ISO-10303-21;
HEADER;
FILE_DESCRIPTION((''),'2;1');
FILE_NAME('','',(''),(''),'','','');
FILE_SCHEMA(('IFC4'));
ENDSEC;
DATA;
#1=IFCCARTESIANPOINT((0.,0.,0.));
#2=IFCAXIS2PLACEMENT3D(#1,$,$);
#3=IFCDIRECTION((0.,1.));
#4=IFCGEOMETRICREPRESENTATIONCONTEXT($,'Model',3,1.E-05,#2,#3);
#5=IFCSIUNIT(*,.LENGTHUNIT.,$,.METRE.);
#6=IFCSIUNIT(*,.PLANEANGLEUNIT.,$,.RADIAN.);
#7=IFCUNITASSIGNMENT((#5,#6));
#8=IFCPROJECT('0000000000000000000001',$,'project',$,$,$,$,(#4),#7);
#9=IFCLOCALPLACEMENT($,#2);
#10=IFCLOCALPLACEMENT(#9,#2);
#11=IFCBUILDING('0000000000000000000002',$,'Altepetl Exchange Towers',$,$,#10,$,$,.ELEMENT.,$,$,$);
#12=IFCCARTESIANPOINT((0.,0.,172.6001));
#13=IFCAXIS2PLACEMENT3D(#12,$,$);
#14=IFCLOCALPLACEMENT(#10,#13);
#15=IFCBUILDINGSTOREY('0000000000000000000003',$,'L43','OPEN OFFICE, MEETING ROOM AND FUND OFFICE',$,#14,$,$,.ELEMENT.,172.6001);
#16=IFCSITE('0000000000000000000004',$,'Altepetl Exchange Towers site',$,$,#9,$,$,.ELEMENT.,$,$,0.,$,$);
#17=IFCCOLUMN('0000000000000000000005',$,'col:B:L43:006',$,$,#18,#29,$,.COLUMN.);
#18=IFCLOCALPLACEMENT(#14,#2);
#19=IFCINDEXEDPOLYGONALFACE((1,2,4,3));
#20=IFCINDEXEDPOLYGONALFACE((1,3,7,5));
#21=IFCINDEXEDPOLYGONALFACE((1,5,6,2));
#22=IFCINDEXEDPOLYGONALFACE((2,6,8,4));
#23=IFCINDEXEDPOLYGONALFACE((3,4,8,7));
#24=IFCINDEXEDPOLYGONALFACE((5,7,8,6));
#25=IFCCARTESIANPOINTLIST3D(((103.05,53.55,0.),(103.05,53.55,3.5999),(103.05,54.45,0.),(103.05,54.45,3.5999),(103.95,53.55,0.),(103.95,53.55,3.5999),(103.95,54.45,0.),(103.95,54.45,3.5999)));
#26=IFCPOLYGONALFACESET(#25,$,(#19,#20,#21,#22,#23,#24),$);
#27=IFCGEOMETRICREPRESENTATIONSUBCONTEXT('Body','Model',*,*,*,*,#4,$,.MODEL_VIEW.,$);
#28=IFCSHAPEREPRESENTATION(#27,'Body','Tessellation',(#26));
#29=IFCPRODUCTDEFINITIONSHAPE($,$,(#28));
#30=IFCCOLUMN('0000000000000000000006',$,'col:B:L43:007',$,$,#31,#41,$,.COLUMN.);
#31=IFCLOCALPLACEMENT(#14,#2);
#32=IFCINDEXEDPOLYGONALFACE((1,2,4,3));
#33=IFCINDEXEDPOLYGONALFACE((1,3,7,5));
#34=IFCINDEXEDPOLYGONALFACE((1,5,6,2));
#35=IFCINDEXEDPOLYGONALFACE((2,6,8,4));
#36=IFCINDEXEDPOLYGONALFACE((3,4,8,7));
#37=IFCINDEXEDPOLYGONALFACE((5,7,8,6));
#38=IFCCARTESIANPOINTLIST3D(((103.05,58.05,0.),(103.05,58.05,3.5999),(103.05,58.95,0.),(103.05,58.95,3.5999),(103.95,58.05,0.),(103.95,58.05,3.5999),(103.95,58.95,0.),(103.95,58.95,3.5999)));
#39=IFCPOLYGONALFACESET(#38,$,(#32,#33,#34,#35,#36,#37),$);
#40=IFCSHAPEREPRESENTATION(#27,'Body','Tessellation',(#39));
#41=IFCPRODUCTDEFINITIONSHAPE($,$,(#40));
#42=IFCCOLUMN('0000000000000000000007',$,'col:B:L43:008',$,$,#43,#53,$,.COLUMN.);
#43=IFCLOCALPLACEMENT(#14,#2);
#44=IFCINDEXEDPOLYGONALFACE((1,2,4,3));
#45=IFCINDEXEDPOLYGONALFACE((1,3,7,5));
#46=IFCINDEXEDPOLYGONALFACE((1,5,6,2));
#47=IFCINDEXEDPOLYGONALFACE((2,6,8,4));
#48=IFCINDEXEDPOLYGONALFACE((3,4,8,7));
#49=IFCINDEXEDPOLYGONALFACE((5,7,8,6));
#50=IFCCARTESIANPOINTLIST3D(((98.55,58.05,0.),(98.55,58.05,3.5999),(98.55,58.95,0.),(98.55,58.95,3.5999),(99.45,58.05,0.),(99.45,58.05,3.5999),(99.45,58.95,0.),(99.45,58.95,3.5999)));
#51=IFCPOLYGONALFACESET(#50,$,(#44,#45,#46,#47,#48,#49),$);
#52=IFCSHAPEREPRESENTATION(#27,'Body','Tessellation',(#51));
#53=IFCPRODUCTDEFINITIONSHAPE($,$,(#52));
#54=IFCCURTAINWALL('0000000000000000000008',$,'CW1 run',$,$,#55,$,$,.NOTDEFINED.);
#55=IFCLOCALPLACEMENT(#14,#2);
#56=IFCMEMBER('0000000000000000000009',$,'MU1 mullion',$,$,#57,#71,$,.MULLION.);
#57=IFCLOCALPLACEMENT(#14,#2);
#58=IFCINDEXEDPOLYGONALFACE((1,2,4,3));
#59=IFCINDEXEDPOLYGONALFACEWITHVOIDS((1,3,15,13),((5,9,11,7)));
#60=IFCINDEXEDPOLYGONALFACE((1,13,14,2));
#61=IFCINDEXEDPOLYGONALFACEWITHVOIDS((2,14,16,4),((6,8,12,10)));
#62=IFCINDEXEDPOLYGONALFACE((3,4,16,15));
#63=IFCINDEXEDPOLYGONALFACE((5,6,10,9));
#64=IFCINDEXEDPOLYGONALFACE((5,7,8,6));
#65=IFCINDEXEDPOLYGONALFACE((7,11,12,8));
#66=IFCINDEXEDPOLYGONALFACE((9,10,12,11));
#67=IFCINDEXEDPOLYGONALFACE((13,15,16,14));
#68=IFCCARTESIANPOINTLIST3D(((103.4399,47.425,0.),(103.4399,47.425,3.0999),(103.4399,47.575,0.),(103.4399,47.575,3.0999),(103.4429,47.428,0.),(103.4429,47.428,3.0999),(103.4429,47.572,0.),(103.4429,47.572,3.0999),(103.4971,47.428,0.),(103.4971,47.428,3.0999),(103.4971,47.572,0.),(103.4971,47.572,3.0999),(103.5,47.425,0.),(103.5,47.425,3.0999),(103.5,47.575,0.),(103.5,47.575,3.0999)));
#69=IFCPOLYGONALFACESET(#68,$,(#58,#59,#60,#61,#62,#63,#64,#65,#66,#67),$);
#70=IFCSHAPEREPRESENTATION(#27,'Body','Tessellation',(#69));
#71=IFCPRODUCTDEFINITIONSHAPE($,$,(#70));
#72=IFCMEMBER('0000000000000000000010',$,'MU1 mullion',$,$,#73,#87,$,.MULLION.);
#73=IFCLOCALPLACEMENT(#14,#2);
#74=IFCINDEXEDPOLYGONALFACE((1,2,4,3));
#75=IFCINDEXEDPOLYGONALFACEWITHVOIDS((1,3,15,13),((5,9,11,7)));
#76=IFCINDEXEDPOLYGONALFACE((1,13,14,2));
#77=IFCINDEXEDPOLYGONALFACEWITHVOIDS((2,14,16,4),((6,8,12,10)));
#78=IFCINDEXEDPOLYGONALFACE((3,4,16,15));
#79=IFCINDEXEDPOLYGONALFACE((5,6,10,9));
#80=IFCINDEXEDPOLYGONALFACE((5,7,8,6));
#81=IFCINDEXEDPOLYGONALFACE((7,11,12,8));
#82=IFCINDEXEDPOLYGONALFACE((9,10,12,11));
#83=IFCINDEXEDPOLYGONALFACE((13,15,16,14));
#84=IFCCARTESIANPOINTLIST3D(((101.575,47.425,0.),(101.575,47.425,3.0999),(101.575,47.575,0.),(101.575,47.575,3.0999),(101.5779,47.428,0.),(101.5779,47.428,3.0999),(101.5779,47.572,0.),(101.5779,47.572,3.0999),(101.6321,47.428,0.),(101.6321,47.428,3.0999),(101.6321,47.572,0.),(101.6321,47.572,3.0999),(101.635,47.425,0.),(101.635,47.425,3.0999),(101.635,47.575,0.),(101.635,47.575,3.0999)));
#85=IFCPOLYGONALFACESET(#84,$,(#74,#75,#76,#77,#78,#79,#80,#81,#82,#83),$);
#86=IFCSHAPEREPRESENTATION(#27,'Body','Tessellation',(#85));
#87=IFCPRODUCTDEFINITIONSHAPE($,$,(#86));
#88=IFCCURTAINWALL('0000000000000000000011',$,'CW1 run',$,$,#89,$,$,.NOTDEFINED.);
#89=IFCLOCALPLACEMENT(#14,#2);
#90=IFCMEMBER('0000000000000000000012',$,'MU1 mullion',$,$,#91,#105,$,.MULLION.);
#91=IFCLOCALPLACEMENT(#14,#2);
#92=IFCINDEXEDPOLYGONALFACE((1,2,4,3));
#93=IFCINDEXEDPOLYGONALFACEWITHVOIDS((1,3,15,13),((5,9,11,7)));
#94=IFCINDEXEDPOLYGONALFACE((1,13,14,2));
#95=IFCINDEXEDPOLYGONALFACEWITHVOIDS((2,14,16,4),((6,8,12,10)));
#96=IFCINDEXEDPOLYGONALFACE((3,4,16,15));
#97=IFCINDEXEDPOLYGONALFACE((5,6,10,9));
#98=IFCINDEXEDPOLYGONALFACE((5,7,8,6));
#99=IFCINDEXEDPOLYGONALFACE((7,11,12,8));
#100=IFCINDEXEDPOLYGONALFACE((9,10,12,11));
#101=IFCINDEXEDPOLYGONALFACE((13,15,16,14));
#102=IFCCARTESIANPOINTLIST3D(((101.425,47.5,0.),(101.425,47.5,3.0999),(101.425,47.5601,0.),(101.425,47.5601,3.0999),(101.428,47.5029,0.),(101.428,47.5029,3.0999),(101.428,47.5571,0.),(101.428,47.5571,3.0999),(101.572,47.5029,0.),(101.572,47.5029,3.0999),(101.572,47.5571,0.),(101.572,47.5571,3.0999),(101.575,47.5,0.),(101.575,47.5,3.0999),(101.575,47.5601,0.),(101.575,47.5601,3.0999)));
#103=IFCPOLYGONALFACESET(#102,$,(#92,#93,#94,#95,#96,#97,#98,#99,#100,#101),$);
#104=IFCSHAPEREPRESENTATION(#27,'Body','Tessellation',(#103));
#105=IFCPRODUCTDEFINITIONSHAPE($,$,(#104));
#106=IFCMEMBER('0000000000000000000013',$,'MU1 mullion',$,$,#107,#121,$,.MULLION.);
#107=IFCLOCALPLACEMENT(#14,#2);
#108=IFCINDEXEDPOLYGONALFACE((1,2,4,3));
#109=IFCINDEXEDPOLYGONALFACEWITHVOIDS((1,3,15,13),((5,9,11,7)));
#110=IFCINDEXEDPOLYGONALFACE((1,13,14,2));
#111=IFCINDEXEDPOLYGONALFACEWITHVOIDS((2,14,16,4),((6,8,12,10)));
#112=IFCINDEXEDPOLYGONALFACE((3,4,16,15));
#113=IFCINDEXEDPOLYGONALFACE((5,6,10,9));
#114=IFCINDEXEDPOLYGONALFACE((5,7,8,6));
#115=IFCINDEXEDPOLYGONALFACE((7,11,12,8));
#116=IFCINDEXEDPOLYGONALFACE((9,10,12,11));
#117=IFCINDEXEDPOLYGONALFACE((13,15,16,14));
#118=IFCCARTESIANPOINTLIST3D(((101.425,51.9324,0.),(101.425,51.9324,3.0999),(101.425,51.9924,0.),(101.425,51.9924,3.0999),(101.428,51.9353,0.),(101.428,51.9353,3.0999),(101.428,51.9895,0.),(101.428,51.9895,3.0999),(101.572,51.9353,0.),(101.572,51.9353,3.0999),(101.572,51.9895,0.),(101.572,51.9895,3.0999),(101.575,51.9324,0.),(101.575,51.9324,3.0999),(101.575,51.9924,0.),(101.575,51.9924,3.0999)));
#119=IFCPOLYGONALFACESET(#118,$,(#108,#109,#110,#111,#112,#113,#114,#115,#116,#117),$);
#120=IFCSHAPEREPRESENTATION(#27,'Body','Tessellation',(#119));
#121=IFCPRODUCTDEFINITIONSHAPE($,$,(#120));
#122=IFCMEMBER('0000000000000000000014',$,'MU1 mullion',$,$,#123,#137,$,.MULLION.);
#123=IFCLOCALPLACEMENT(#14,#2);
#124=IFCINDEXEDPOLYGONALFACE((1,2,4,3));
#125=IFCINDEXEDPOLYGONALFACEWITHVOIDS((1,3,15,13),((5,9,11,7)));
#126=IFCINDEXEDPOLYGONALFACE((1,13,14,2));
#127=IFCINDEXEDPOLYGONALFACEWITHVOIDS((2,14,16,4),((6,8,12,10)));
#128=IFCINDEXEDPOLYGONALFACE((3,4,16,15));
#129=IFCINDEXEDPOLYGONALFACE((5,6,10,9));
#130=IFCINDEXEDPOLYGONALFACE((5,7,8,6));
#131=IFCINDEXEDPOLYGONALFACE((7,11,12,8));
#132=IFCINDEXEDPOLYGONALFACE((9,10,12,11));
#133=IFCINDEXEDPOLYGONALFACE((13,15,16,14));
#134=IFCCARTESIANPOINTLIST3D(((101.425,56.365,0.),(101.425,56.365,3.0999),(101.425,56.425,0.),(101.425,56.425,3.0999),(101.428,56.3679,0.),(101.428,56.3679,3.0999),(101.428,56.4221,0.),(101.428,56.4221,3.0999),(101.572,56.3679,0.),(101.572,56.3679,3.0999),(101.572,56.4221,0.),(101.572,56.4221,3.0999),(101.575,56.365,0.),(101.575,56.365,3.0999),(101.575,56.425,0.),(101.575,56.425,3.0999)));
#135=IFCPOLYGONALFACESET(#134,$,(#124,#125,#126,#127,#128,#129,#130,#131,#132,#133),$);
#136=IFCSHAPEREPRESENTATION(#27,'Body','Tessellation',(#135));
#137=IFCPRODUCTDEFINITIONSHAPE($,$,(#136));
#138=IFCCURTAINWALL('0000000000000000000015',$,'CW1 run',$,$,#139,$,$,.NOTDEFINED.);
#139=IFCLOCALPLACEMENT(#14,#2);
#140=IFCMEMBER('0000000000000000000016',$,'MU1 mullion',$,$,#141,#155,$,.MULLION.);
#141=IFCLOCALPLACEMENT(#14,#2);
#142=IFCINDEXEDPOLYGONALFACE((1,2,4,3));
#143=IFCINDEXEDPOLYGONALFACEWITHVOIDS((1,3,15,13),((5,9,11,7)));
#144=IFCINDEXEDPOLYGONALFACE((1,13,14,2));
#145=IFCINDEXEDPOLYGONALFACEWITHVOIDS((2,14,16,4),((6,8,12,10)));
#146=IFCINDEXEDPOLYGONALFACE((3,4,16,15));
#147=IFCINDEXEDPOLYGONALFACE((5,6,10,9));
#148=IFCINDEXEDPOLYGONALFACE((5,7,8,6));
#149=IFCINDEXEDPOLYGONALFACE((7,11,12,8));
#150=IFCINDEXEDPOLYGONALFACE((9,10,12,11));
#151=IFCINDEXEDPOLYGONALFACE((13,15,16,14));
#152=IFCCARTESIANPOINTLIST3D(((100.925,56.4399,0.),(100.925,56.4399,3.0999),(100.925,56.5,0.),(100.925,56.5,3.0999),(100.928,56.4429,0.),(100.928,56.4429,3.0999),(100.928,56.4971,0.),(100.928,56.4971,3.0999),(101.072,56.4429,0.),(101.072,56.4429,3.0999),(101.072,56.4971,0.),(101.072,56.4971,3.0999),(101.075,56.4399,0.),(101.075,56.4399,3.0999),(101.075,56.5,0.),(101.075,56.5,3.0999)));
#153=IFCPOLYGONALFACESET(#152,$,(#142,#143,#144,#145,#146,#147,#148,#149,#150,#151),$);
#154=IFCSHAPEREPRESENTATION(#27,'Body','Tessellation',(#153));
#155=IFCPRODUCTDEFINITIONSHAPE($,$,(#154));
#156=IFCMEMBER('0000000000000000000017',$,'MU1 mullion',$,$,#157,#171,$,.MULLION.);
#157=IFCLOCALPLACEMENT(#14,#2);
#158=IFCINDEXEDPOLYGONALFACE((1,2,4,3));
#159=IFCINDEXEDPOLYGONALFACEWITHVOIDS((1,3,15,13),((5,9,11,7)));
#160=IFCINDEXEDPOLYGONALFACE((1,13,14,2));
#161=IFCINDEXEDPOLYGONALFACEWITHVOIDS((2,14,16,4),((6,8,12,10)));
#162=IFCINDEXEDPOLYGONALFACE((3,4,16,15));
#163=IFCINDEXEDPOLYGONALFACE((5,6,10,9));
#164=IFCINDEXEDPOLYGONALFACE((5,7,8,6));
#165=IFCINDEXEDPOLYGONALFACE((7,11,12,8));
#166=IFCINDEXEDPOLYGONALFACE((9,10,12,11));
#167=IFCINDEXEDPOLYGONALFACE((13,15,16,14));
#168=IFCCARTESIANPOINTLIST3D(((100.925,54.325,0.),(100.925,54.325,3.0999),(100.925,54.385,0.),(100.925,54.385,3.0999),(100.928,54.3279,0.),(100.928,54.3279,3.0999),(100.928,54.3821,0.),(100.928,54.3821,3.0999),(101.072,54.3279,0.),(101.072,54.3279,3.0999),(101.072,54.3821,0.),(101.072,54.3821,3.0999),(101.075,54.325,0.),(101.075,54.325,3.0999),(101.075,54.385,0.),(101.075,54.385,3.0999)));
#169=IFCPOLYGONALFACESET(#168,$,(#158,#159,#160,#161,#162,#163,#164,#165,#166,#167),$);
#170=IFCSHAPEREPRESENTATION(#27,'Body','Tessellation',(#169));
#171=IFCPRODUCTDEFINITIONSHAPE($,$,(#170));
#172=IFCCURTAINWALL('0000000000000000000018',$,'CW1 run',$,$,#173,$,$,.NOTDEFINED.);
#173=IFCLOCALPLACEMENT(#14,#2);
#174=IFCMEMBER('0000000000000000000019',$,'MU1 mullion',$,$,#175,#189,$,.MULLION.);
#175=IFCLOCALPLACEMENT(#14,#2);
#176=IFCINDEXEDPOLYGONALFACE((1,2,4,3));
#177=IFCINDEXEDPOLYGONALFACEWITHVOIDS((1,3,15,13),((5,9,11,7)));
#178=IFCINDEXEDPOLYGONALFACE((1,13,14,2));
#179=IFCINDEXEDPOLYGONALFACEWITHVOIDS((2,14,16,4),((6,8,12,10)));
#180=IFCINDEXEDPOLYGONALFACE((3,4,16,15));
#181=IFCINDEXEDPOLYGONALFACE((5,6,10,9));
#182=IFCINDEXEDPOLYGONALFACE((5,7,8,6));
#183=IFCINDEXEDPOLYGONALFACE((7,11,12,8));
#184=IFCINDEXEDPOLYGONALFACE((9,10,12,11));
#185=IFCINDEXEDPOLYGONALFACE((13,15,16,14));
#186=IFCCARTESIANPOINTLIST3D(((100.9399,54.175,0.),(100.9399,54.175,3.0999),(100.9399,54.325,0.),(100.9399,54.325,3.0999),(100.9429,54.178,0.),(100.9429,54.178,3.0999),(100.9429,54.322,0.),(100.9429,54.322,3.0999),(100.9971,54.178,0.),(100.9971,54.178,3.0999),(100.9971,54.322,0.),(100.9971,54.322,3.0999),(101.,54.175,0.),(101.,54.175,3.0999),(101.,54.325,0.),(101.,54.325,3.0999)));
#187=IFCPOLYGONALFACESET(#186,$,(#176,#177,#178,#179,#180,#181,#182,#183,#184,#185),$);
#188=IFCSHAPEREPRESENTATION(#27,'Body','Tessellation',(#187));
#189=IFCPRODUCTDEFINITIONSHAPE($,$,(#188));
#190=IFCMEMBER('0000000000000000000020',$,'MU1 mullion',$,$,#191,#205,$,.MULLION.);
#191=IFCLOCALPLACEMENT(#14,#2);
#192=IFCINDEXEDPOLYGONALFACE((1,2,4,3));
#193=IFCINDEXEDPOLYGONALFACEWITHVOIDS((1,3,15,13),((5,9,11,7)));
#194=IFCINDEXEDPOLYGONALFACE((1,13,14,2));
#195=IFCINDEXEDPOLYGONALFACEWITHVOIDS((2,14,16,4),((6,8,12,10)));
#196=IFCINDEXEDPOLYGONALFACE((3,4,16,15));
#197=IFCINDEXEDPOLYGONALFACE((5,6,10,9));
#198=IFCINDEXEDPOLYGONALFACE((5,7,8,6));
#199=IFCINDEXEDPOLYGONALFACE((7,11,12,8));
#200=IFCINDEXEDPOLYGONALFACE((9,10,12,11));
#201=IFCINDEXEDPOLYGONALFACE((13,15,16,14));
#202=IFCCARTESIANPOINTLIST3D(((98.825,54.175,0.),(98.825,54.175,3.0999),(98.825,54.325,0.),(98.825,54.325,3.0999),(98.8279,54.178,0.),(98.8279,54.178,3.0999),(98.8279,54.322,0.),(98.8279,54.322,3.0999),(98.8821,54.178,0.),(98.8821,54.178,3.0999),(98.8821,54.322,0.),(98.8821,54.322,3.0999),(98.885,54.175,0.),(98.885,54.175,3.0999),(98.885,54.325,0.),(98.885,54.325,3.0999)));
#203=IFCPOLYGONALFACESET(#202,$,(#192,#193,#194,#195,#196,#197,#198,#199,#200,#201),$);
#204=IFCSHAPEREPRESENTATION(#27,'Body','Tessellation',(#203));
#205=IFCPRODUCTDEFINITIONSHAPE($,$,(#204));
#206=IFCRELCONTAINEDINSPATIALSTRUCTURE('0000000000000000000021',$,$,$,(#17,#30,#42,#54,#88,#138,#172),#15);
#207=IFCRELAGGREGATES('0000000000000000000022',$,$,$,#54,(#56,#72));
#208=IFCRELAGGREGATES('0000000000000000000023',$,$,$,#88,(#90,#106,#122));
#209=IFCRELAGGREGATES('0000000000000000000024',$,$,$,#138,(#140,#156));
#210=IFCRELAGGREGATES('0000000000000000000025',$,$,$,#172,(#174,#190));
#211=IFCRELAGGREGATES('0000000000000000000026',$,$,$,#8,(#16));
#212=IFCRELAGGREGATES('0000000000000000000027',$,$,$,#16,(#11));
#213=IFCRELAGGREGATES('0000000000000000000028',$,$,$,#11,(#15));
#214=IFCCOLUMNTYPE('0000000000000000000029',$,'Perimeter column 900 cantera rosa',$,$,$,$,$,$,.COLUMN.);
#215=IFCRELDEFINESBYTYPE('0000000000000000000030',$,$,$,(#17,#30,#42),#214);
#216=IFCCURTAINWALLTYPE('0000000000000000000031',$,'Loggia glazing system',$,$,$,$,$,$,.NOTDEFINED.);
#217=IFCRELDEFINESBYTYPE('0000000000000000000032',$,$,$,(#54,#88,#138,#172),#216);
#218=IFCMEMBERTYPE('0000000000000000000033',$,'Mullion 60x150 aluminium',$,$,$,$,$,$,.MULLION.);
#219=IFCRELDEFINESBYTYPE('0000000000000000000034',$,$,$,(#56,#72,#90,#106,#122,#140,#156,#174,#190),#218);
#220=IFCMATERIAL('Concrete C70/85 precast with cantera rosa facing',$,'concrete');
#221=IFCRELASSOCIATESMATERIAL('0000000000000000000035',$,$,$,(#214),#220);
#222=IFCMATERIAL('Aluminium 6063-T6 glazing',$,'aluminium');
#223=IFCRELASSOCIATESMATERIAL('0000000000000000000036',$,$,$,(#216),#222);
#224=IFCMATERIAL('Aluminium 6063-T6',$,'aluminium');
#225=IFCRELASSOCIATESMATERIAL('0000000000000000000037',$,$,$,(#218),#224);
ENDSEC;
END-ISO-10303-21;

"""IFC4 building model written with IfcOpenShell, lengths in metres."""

from ifc_helpers import new_model, si_unit, direction, frame, origin, origin_2d, place, context, subcontext, project, spatial, rectangle, hollow_rectangle, extrude, material, material_profile, profile_set, type_object, element, aggregate, save


model = new_model("IFC4")

# Units and contexts
model_context = context("Model", 3, precision=1e-05, world=origin(), true_north=direction((0.0, 1.0)))
body_context = subcontext(model_context, "Body", "Model", "MODEL_VIEW")
ifc_project = project(units=[si_unit("LENGTHUNIT", "METRE"), si_unit("PLANEANGLEUNIT", "RADIAN")], contexts=[model_context])

# Site, building, storey
site_placement = place(None, origin())
site = spatial("IfcSite", under=ifc_project, at=site_placement, Name="Altepetl Exchange Towers site", CompositionType="ELEMENT", RefElevation=0.0)
building_placement = place(site_placement, origin())
building = spatial("IfcBuilding", under=site, at=building_placement, Name="Altepetl Exchange Towers", CompositionType="ELEMENT")
storey_placement = place(building_placement, frame((0.0, 0.0, 172.6001)))
storey = spatial("IfcBuildingStorey", under=building, at=storey_placement, Name="L43", Description="OPEN OFFICE, MEETING ROOM AND FUND OFFICE", CompositionType="ELEMENT", Elevation=172.6001)

# Columns
ifc_material_1 = material(Name="Concrete C70/85 precast with cantera rosa facing", Category="concrete")
ifc_material_profile_1 = material_profile(ifc_material_1, rectangle(XDim=0.8999, YDim=0.8999, at=origin_2d()), Name="900 x 900")
ifc_profile_set_1 = profile_set([ifc_material_profile_1], Name="Concrete C70/85 precast with cantera rosa facing")
column_type = type_object("IfcColumnType", Name="Perimeter column 900 cantera rosa", PredefinedType="COLUMN", material=ifc_profile_set_1)
for number, where, name in (
    (1, (103.5, 54.0, 0.0), "col:B:L43:006"),
    (2, (103.5, 58.5, 0.0), "col:B:L43:007"),
    (3, (99.0, 58.5, 0.0), "col:B:L43:008"),
):
    element("IfcColumn", number, at=place(storey_placement, frame(where)), inside=storey, type_object=column_type, Name=name, PredefinedType="COLUMN", context=body_context, shape_type="SweptSolid", body=[
        extrude(rectangle(XDim=0.8999, YDim=0.8999, at=origin_2d()), origin(), (0.0, 0.0, 1.0), 3.5999),
    ])

# Curtain walls, members
ifc_material_2 = material(Name="Aluminium 6063-T6 glazing", Category="aluminium")
curtain_wall_type = type_object("IfcCurtainWallType", Name="Loggia glazing system", PredefinedType="NOTDEFINED", material=ifc_material_2)
curtain_wall_1_placement = place(storey_placement, origin())
curtain_wall_1 = element("IfcCurtainWall", 4, at=curtain_wall_1_placement, inside=storey, type_object=curtain_wall_type, Name="CW1 run", PredefinedType="NOTDEFINED")
ifc_material_3 = material(Name="Aluminium 6063-T6", Category="aluminium")
ifc_material_profile_2 = material_profile(ifc_material_3, hollow_rectangle(XDim=0.0601, YDim=0.1499, WallThickness=0.0029, at=origin_2d()), Name="Mullion 60x150 aluminium")
ifc_profile_set_2 = profile_set([ifc_material_profile_2], Name="Aluminium 6063-T6")
member_type = type_object("IfcMemberType", Name="Mullion 60x150 aluminium", PredefinedType="MULLION", material=ifc_profile_set_2)
member_1_placement = place(storey_placement, frame((103.47, 47.5, 0.0), z_axis=(0.0, 0.0, 1.0), x_axis=(-1.0, 0.0, 0.0)))
member_1 = element("IfcMember", 5, at=member_1_placement, type_object=member_type, Name="MU1 mullion", PredefinedType="MULLION", context=body_context, shape_type="SweptSolid", body=[
    extrude(hollow_rectangle(XDim=0.0601, YDim=0.1499, WallThickness=0.0029, at=origin_2d()), origin(), (0.0, 0.0, 1.0), 3.0999),
])
member_2_placement = place(storey_placement, frame((101.605, 47.5, 0.0), z_axis=(0.0, 0.0, 1.0), x_axis=(-1.0, 0.0, 0.0)))
member_2 = element("IfcMember", 6, at=member_2_placement, type_object=member_type, Name="MU1 mullion", PredefinedType="MULLION", context=body_context, shape_type="SweptSolid", body=[
    extrude(hollow_rectangle(XDim=0.0601, YDim=0.1499, WallThickness=0.0029, at=origin_2d()), origin(), (0.0, 0.0, 1.0), 3.0999),
])
curtain_wall_2_placement = place(storey_placement, origin())
curtain_wall_2 = element("IfcCurtainWall", 7, at=curtain_wall_2_placement, inside=storey, type_object=curtain_wall_type, Name="CW1 run", PredefinedType="NOTDEFINED")
member_3_placement = place(storey_placement, frame((101.5, 47.53, 0.0), z_axis=(0.0, 0.0, 1.0), x_axis=(0.0, 1.0, 0.0)))
member_3 = element("IfcMember", 8, at=member_3_placement, type_object=member_type, Name="MU1 mullion", PredefinedType="MULLION", context=body_context, shape_type="SweptSolid", body=[
    extrude(hollow_rectangle(XDim=0.0601, YDim=0.1499, WallThickness=0.0029, at=origin_2d()), origin(), (0.0, 0.0, 1.0), 3.0999),
])
member_4_placement = place(storey_placement, frame((101.5, 51.9624, 0.0), z_axis=(0.0, 0.0, 1.0), x_axis=(0.0, 1.0, 0.0)))
member_4 = element("IfcMember", 9, at=member_4_placement, type_object=member_type, Name="MU1 mullion", PredefinedType="MULLION", context=body_context, shape_type="SweptSolid", body=[
    extrude(hollow_rectangle(XDim=0.0601, YDim=0.1499, WallThickness=0.0029, at=origin_2d()), origin(), (0.0, 0.0, 1.0), 3.0999),
])
member_5_placement = place(storey_placement, frame((101.5, 56.395, 0.0), z_axis=(0.0, 0.0, 1.0), x_axis=(0.0, 1.0, 0.0)))
member_5 = element("IfcMember", 10, at=member_5_placement, type_object=member_type, Name="MU1 mullion", PredefinedType="MULLION", context=body_context, shape_type="SweptSolid", body=[
    extrude(hollow_rectangle(XDim=0.0601, YDim=0.1499, WallThickness=0.0029, at=origin_2d()), origin(), (0.0, 0.0, 1.0), 3.0999),
])
curtain_wall_3_placement = place(storey_placement, origin())
curtain_wall_3 = element("IfcCurtainWall", 11, at=curtain_wall_3_placement, inside=storey, type_object=curtain_wall_type, Name="CW1 run", PredefinedType="NOTDEFINED")
member_6_placement = place(storey_placement, frame((101.0, 56.47, 0.0), z_axis=(0.0, 0.0, 1.0), x_axis=(0.0, -1.0, 0.0)))
member_6 = element("IfcMember", 12, at=member_6_placement, type_object=member_type, Name="MU1 mullion", PredefinedType="MULLION", context=body_context, shape_type="SweptSolid", body=[
    extrude(hollow_rectangle(XDim=0.0601, YDim=0.1499, WallThickness=0.0029, at=origin_2d()), origin(), (0.0, 0.0, 1.0), 3.0999),
])
member_7_placement = place(storey_placement, frame((101.0, 54.355, 0.0), z_axis=(0.0, 0.0, 1.0), x_axis=(0.0, -1.0, 0.0)))
member_7 = element("IfcMember", 13, at=member_7_placement, type_object=member_type, Name="MU1 mullion", PredefinedType="MULLION", context=body_context, shape_type="SweptSolid", body=[
    extrude(hollow_rectangle(XDim=0.0601, YDim=0.1499, WallThickness=0.0029, at=origin_2d()), origin(), (0.0, 0.0, 1.0), 3.0999),
])
curtain_wall_4_placement = place(storey_placement, origin())
curtain_wall_4 = element("IfcCurtainWall", 14, at=curtain_wall_4_placement, inside=storey, type_object=curtain_wall_type, Name="CW1 run", PredefinedType="NOTDEFINED")
member_8_placement = place(storey_placement, frame((100.97, 54.25, 0.0), z_axis=(0.0, 0.0, 1.0), x_axis=(-1.0, 0.0, 0.0)))
member_8 = element("IfcMember", 15, at=member_8_placement, type_object=member_type, Name="MU1 mullion", PredefinedType="MULLION", context=body_context, shape_type="SweptSolid", body=[
    extrude(hollow_rectangle(XDim=0.0601, YDim=0.1499, WallThickness=0.0029, at=origin_2d()), origin(), (0.0, 0.0, 1.0), 3.0999),
])
member_9_placement = place(storey_placement, frame((98.855, 54.25, 0.0), z_axis=(0.0, 0.0, 1.0), x_axis=(-1.0, 0.0, 0.0)))
member_9 = element("IfcMember", 16, at=member_9_placement, type_object=member_type, Name="MU1 mullion", PredefinedType="MULLION", context=body_context, shape_type="SweptSolid", body=[
    extrude(hollow_rectangle(XDim=0.0601, YDim=0.1499, WallThickness=0.0029, at=origin_2d()), origin(), (0.0, 0.0, 1.0), 3.0999),
])

aggregate(curtain_wall_1, [member_1, member_2])
aggregate(curtain_wall_2, [member_3, member_4, member_5])
aggregate(curtain_wall_3, [member_6, member_7])
aggregate(curtain_wall_4, [member_8, member_9])

save(model, "model.ifc")
